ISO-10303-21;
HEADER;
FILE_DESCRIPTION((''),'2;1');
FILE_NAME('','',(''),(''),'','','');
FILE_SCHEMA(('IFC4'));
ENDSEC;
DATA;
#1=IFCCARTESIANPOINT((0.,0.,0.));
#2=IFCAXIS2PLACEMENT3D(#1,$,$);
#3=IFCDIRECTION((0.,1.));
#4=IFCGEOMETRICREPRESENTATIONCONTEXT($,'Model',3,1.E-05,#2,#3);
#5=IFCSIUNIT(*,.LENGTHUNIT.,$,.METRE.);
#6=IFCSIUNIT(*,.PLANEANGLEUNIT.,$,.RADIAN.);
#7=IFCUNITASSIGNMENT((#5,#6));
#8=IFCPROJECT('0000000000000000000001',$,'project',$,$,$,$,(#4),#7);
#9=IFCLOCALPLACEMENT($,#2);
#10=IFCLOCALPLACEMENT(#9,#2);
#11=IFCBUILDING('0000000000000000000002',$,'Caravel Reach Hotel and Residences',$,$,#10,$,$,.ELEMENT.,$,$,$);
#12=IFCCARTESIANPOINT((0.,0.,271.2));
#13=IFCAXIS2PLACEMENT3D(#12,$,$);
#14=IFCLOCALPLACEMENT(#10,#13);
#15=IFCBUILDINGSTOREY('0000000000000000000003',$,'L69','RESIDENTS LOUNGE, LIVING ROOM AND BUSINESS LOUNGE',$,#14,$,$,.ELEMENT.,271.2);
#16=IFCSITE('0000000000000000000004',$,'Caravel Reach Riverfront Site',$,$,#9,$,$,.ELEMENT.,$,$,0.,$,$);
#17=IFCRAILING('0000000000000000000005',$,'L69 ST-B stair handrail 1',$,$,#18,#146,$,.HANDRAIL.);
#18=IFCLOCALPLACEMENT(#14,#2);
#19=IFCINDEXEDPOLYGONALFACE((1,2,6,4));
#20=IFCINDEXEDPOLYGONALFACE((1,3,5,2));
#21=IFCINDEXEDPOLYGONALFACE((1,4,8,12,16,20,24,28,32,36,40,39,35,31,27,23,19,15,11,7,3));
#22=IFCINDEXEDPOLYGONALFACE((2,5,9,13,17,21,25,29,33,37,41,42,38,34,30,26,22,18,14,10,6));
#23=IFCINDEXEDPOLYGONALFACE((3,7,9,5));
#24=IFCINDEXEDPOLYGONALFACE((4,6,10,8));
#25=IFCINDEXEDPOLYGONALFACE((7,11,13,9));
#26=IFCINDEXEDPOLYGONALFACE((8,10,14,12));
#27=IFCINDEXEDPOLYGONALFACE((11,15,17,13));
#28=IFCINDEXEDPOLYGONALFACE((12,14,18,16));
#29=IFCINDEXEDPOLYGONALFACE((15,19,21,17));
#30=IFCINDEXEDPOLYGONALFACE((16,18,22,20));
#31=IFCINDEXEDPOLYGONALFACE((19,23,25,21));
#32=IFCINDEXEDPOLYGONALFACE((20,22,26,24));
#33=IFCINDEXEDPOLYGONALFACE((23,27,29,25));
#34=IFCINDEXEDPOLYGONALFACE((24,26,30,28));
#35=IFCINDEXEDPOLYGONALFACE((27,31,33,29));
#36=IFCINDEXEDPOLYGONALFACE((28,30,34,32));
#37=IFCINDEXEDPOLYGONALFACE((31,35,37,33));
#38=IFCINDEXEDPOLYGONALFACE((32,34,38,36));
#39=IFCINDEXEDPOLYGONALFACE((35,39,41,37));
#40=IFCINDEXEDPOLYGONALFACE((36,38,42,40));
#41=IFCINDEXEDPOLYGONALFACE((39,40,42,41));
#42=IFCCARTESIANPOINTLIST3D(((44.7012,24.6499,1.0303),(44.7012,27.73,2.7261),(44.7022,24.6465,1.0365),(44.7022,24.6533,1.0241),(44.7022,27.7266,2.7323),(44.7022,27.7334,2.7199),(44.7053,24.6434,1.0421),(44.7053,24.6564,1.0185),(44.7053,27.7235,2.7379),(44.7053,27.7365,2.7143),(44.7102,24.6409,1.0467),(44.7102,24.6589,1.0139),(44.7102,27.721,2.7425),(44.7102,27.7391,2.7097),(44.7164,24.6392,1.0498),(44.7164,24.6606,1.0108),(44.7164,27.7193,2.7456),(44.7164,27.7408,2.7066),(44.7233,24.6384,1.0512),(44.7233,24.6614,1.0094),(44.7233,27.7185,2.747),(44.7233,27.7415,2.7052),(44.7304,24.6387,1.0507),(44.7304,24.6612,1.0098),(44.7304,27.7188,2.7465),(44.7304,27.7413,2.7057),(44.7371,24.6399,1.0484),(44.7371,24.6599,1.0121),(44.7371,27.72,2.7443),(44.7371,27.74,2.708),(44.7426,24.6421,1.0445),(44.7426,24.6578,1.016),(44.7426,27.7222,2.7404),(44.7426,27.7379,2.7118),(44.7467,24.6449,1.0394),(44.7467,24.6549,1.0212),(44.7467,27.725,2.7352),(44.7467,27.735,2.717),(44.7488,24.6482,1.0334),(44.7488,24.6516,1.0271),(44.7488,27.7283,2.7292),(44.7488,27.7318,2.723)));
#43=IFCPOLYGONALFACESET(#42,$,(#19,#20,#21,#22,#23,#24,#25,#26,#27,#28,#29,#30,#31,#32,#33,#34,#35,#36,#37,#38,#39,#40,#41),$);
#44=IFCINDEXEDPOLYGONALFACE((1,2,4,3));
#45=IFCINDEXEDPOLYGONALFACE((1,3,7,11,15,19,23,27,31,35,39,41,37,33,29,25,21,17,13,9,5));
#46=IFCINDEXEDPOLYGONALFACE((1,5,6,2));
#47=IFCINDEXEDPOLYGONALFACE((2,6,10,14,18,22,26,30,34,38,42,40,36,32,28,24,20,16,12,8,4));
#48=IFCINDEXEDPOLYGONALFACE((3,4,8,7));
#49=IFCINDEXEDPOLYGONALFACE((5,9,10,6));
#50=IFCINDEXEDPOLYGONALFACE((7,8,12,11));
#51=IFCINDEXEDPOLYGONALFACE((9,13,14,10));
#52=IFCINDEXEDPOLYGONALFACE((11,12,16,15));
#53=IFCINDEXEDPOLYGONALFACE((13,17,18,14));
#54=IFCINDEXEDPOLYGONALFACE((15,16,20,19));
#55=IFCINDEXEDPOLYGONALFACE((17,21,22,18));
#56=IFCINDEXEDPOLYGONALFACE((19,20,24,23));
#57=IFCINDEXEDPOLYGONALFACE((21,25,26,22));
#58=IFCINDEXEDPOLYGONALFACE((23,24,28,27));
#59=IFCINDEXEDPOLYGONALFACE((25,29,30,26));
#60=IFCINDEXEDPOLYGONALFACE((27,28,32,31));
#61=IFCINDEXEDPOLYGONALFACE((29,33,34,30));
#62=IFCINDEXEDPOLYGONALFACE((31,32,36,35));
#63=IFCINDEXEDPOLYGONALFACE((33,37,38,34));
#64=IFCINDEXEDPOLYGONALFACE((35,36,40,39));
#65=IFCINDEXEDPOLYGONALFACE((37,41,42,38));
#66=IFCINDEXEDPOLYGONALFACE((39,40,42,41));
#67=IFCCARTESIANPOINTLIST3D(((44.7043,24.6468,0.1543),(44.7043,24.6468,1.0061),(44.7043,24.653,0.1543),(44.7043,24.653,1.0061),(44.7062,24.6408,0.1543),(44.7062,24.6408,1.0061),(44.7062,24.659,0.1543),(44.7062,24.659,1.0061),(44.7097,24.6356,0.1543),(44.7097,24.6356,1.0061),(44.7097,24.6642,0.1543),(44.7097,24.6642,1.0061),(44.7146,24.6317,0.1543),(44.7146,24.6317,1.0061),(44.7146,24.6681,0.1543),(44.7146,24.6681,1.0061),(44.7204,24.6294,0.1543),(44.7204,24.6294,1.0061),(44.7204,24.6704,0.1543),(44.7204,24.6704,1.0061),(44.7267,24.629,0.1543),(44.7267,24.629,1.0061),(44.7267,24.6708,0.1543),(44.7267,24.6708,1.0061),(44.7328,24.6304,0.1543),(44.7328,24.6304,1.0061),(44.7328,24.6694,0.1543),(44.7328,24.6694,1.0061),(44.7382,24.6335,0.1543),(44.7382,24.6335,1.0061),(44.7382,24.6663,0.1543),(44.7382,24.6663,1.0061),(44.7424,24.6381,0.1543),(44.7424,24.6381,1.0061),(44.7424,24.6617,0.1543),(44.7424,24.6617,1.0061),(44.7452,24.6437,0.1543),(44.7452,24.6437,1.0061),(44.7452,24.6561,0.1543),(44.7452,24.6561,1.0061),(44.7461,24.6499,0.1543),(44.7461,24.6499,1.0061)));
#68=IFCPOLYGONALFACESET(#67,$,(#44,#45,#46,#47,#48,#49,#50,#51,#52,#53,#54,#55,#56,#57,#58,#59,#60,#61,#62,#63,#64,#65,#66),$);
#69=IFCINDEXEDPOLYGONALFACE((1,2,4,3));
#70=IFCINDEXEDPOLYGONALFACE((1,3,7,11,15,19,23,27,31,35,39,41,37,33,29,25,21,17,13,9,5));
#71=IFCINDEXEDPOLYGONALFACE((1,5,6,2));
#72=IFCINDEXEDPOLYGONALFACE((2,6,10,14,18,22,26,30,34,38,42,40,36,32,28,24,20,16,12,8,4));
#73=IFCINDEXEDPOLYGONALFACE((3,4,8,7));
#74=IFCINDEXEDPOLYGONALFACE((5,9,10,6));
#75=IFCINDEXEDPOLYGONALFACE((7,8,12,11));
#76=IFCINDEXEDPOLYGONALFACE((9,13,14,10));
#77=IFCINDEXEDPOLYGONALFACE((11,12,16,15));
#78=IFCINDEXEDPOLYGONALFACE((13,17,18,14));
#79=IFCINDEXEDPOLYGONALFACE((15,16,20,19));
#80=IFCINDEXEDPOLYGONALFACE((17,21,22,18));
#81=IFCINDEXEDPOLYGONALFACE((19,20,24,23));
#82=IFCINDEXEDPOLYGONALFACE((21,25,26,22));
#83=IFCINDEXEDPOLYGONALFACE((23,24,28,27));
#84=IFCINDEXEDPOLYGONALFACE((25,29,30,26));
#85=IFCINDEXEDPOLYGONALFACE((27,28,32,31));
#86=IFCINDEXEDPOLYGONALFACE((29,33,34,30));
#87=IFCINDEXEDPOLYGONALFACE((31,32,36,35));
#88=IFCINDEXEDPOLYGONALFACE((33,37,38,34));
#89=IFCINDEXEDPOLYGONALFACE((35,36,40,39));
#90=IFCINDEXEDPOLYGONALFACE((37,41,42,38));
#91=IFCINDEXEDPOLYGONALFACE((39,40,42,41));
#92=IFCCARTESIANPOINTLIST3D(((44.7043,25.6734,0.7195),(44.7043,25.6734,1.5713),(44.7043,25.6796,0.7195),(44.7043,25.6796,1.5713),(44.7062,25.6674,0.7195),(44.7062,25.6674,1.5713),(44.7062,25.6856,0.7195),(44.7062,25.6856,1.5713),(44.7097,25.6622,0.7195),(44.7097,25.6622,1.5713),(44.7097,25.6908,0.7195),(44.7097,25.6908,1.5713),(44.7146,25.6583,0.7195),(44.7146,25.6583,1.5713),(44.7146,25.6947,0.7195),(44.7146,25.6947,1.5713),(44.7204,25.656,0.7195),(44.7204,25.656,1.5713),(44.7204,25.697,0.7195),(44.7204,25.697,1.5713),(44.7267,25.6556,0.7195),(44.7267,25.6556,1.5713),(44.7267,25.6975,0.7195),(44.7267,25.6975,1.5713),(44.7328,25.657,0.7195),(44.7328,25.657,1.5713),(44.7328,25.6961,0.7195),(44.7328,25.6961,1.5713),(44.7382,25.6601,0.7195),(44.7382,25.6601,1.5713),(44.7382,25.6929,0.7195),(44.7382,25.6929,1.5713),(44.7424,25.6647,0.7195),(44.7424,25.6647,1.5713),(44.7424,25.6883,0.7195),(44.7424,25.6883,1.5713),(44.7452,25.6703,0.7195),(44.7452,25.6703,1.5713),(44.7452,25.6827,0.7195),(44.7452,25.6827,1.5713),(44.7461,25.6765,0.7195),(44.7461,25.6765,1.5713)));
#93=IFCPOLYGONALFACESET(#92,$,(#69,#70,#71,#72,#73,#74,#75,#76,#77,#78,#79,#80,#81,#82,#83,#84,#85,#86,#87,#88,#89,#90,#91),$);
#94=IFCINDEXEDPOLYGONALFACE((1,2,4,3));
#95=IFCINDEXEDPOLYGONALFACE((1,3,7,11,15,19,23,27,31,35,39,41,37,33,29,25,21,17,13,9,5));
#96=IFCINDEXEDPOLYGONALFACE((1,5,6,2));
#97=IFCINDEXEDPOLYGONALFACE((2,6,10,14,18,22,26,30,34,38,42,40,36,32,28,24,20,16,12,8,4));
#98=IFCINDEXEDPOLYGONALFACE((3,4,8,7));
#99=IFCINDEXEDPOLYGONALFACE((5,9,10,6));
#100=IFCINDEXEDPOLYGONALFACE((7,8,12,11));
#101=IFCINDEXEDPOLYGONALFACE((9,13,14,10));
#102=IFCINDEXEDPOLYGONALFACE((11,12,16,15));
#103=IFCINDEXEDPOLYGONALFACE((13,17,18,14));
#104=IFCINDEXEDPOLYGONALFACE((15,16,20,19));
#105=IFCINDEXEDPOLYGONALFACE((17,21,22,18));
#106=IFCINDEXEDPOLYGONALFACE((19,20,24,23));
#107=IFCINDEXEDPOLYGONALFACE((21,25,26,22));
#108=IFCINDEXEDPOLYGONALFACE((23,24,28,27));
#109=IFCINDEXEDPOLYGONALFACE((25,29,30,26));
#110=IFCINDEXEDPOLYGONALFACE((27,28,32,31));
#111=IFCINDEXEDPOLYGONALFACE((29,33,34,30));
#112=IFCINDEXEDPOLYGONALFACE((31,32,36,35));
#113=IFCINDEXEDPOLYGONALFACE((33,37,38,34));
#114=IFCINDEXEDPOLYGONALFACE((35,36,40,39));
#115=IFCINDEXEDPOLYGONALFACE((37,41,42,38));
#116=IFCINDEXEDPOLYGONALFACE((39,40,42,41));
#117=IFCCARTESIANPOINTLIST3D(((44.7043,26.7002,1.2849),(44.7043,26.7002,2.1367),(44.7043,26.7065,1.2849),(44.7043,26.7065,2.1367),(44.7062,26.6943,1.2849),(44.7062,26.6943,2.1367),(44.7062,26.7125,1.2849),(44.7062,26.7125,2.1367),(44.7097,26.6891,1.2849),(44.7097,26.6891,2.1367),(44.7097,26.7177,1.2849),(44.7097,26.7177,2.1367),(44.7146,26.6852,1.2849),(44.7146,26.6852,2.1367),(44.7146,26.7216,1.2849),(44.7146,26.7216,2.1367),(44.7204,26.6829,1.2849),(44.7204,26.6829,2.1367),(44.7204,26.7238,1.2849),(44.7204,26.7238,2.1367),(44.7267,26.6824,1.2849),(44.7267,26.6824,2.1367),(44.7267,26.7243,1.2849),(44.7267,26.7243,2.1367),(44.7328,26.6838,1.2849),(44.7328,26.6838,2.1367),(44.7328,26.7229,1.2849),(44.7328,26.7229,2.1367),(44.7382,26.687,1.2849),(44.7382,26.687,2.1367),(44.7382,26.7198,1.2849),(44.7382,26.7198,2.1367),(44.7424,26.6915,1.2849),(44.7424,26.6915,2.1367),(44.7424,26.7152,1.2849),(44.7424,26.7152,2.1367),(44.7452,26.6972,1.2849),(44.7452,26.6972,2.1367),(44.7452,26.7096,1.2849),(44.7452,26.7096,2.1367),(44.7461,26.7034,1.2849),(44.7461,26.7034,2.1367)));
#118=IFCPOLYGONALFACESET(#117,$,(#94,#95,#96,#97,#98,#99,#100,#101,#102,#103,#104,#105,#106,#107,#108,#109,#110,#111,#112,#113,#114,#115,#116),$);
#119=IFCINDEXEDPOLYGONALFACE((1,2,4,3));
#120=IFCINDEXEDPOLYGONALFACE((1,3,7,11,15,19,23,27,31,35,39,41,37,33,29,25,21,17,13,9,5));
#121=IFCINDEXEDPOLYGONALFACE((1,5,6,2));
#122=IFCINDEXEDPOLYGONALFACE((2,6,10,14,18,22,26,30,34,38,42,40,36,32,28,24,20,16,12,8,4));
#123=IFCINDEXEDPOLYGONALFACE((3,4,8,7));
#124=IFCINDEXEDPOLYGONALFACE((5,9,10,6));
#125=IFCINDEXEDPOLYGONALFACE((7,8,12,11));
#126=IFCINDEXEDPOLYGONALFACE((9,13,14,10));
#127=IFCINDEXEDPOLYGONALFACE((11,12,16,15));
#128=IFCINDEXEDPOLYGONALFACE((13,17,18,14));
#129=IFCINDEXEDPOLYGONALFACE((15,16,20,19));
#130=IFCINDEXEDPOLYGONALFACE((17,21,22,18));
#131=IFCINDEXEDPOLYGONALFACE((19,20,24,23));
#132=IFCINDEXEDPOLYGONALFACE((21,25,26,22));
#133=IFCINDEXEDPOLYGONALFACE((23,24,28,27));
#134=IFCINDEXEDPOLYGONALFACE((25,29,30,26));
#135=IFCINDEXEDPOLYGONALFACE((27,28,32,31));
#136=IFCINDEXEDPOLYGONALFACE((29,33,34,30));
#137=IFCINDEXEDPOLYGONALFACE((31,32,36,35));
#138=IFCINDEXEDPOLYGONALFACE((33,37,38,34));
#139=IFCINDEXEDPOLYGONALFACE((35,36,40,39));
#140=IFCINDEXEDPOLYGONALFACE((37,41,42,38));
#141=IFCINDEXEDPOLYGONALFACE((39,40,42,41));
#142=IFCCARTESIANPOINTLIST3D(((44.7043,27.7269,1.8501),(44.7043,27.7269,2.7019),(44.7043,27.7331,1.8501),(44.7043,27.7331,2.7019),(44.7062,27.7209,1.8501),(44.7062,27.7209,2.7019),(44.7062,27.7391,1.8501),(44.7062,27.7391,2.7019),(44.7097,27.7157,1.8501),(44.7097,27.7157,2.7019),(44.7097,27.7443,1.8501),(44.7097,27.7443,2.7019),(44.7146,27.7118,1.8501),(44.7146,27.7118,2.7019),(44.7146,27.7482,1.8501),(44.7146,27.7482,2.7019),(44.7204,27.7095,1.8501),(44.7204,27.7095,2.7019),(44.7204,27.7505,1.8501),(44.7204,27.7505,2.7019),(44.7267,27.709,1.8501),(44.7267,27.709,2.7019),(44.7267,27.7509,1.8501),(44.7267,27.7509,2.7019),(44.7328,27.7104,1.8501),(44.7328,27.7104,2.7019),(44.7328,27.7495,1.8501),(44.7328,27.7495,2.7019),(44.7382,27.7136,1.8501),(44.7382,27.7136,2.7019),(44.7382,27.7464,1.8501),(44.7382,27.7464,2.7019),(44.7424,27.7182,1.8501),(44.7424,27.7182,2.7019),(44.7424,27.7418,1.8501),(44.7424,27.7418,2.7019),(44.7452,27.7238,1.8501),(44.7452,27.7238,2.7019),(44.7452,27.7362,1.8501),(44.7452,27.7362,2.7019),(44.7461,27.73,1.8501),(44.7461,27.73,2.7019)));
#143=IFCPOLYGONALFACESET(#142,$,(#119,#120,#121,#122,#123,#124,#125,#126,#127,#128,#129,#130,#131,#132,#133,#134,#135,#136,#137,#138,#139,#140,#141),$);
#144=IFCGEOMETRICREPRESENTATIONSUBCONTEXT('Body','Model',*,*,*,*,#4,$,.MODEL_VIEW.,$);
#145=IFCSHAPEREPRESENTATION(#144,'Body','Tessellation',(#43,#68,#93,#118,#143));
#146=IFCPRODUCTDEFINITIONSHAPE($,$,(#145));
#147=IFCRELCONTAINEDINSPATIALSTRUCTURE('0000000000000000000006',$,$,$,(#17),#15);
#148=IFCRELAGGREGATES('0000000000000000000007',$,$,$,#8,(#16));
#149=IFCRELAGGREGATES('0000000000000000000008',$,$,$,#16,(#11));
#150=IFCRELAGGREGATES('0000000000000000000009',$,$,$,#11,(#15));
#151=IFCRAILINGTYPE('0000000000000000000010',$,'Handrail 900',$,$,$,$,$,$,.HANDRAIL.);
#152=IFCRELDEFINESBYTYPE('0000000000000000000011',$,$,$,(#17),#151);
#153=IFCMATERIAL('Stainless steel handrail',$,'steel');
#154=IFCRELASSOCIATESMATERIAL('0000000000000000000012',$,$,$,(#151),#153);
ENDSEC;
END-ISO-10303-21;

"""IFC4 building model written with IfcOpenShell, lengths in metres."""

from ifc_helpers import new_model, si_unit, direction, frame, origin, origin_2d, place, context, subcontext, project, spatial, circle, extrude, material, type_object, element, save


model = new_model("IFC4")

# Units and contexts
model_context = context("Model", 3, precision=1e-05, world=origin(), true_north=direction((0.0, 1.0)))
body_context = subcontext(model_context, "Body", "Model", "MODEL_VIEW")
ifc_project = project(units=[si_unit("LENGTHUNIT", "METRE"), si_unit("PLANEANGLEUNIT", "RADIAN")], contexts=[model_context])

# Site, building, storey
site_placement = place(None, origin())
site = spatial("IfcSite", under=ifc_project, at=site_placement, Name="Caravel Reach Riverfront Site", CompositionType="ELEMENT", RefElevation=0.0)
building_placement = place(site_placement, origin())
building = spatial("IfcBuilding", under=site, at=building_placement, Name="Caravel Reach Hotel and Residences", CompositionType="ELEMENT")
storey_placement = place(building_placement, frame((0.0, 0.0, 271.2)))
storey = spatial("IfcBuildingStorey", under=building, at=storey_placement, Name="L69", Description="RESIDENTS LOUNGE, LIVING ROOM AND BUSINESS LOUNGE", CompositionType="ELEMENT", Elevation=271.2)

# Railing
ifc_material_1 = material(Name="Stainless steel handrail", Category="steel")
railing_type_1 = type_object("IfcRailingType", Name="Handrail 900", PredefinedType="HANDRAIL", material=ifc_material_1)
railing_1_placement = place(storey_placement, frame((44.7251, 24.6499, 0.1543)))
element("IfcRailing", 1, at=railing_1_placement, inside=storey, type_object=railing_type_1, Name="L69 ST-B stair handrail 1", PredefinedType="HANDRAIL", context=body_context, shape_type="SweptSolid", body=[
    extrude(circle(Radius=0.0239, at=origin_2d()), frame((0.0, 0.0, 0.876), z_axis=(0.0, 0.876005, 0.482303), x_axis=(-1.0, 0.0, 0.0)), (0.0, 0.0, 1.0), 3.5161),
    extrude(circle(Radius=0.021, at=origin_2d()), origin(), (0.0, 0.0, 1.0), 0.8518),
    extrude(circle(Radius=0.021, at=origin_2d()), frame((0.0, 1.0266, 0.5652)), (0.0, 0.0, 1.0), 0.8518),
    extrude(circle(Radius=0.021, at=origin_2d()), frame((0.0, 2.0535, 1.1306)), (0.0, 0.0, 1.0), 0.8518),
    extrude(circle(Radius=0.021, at=origin_2d()), frame((0.0, 3.0801, 1.6958)), (0.0, 0.0, 1.0), 0.8518),
])

save(model, "model.ifc")
